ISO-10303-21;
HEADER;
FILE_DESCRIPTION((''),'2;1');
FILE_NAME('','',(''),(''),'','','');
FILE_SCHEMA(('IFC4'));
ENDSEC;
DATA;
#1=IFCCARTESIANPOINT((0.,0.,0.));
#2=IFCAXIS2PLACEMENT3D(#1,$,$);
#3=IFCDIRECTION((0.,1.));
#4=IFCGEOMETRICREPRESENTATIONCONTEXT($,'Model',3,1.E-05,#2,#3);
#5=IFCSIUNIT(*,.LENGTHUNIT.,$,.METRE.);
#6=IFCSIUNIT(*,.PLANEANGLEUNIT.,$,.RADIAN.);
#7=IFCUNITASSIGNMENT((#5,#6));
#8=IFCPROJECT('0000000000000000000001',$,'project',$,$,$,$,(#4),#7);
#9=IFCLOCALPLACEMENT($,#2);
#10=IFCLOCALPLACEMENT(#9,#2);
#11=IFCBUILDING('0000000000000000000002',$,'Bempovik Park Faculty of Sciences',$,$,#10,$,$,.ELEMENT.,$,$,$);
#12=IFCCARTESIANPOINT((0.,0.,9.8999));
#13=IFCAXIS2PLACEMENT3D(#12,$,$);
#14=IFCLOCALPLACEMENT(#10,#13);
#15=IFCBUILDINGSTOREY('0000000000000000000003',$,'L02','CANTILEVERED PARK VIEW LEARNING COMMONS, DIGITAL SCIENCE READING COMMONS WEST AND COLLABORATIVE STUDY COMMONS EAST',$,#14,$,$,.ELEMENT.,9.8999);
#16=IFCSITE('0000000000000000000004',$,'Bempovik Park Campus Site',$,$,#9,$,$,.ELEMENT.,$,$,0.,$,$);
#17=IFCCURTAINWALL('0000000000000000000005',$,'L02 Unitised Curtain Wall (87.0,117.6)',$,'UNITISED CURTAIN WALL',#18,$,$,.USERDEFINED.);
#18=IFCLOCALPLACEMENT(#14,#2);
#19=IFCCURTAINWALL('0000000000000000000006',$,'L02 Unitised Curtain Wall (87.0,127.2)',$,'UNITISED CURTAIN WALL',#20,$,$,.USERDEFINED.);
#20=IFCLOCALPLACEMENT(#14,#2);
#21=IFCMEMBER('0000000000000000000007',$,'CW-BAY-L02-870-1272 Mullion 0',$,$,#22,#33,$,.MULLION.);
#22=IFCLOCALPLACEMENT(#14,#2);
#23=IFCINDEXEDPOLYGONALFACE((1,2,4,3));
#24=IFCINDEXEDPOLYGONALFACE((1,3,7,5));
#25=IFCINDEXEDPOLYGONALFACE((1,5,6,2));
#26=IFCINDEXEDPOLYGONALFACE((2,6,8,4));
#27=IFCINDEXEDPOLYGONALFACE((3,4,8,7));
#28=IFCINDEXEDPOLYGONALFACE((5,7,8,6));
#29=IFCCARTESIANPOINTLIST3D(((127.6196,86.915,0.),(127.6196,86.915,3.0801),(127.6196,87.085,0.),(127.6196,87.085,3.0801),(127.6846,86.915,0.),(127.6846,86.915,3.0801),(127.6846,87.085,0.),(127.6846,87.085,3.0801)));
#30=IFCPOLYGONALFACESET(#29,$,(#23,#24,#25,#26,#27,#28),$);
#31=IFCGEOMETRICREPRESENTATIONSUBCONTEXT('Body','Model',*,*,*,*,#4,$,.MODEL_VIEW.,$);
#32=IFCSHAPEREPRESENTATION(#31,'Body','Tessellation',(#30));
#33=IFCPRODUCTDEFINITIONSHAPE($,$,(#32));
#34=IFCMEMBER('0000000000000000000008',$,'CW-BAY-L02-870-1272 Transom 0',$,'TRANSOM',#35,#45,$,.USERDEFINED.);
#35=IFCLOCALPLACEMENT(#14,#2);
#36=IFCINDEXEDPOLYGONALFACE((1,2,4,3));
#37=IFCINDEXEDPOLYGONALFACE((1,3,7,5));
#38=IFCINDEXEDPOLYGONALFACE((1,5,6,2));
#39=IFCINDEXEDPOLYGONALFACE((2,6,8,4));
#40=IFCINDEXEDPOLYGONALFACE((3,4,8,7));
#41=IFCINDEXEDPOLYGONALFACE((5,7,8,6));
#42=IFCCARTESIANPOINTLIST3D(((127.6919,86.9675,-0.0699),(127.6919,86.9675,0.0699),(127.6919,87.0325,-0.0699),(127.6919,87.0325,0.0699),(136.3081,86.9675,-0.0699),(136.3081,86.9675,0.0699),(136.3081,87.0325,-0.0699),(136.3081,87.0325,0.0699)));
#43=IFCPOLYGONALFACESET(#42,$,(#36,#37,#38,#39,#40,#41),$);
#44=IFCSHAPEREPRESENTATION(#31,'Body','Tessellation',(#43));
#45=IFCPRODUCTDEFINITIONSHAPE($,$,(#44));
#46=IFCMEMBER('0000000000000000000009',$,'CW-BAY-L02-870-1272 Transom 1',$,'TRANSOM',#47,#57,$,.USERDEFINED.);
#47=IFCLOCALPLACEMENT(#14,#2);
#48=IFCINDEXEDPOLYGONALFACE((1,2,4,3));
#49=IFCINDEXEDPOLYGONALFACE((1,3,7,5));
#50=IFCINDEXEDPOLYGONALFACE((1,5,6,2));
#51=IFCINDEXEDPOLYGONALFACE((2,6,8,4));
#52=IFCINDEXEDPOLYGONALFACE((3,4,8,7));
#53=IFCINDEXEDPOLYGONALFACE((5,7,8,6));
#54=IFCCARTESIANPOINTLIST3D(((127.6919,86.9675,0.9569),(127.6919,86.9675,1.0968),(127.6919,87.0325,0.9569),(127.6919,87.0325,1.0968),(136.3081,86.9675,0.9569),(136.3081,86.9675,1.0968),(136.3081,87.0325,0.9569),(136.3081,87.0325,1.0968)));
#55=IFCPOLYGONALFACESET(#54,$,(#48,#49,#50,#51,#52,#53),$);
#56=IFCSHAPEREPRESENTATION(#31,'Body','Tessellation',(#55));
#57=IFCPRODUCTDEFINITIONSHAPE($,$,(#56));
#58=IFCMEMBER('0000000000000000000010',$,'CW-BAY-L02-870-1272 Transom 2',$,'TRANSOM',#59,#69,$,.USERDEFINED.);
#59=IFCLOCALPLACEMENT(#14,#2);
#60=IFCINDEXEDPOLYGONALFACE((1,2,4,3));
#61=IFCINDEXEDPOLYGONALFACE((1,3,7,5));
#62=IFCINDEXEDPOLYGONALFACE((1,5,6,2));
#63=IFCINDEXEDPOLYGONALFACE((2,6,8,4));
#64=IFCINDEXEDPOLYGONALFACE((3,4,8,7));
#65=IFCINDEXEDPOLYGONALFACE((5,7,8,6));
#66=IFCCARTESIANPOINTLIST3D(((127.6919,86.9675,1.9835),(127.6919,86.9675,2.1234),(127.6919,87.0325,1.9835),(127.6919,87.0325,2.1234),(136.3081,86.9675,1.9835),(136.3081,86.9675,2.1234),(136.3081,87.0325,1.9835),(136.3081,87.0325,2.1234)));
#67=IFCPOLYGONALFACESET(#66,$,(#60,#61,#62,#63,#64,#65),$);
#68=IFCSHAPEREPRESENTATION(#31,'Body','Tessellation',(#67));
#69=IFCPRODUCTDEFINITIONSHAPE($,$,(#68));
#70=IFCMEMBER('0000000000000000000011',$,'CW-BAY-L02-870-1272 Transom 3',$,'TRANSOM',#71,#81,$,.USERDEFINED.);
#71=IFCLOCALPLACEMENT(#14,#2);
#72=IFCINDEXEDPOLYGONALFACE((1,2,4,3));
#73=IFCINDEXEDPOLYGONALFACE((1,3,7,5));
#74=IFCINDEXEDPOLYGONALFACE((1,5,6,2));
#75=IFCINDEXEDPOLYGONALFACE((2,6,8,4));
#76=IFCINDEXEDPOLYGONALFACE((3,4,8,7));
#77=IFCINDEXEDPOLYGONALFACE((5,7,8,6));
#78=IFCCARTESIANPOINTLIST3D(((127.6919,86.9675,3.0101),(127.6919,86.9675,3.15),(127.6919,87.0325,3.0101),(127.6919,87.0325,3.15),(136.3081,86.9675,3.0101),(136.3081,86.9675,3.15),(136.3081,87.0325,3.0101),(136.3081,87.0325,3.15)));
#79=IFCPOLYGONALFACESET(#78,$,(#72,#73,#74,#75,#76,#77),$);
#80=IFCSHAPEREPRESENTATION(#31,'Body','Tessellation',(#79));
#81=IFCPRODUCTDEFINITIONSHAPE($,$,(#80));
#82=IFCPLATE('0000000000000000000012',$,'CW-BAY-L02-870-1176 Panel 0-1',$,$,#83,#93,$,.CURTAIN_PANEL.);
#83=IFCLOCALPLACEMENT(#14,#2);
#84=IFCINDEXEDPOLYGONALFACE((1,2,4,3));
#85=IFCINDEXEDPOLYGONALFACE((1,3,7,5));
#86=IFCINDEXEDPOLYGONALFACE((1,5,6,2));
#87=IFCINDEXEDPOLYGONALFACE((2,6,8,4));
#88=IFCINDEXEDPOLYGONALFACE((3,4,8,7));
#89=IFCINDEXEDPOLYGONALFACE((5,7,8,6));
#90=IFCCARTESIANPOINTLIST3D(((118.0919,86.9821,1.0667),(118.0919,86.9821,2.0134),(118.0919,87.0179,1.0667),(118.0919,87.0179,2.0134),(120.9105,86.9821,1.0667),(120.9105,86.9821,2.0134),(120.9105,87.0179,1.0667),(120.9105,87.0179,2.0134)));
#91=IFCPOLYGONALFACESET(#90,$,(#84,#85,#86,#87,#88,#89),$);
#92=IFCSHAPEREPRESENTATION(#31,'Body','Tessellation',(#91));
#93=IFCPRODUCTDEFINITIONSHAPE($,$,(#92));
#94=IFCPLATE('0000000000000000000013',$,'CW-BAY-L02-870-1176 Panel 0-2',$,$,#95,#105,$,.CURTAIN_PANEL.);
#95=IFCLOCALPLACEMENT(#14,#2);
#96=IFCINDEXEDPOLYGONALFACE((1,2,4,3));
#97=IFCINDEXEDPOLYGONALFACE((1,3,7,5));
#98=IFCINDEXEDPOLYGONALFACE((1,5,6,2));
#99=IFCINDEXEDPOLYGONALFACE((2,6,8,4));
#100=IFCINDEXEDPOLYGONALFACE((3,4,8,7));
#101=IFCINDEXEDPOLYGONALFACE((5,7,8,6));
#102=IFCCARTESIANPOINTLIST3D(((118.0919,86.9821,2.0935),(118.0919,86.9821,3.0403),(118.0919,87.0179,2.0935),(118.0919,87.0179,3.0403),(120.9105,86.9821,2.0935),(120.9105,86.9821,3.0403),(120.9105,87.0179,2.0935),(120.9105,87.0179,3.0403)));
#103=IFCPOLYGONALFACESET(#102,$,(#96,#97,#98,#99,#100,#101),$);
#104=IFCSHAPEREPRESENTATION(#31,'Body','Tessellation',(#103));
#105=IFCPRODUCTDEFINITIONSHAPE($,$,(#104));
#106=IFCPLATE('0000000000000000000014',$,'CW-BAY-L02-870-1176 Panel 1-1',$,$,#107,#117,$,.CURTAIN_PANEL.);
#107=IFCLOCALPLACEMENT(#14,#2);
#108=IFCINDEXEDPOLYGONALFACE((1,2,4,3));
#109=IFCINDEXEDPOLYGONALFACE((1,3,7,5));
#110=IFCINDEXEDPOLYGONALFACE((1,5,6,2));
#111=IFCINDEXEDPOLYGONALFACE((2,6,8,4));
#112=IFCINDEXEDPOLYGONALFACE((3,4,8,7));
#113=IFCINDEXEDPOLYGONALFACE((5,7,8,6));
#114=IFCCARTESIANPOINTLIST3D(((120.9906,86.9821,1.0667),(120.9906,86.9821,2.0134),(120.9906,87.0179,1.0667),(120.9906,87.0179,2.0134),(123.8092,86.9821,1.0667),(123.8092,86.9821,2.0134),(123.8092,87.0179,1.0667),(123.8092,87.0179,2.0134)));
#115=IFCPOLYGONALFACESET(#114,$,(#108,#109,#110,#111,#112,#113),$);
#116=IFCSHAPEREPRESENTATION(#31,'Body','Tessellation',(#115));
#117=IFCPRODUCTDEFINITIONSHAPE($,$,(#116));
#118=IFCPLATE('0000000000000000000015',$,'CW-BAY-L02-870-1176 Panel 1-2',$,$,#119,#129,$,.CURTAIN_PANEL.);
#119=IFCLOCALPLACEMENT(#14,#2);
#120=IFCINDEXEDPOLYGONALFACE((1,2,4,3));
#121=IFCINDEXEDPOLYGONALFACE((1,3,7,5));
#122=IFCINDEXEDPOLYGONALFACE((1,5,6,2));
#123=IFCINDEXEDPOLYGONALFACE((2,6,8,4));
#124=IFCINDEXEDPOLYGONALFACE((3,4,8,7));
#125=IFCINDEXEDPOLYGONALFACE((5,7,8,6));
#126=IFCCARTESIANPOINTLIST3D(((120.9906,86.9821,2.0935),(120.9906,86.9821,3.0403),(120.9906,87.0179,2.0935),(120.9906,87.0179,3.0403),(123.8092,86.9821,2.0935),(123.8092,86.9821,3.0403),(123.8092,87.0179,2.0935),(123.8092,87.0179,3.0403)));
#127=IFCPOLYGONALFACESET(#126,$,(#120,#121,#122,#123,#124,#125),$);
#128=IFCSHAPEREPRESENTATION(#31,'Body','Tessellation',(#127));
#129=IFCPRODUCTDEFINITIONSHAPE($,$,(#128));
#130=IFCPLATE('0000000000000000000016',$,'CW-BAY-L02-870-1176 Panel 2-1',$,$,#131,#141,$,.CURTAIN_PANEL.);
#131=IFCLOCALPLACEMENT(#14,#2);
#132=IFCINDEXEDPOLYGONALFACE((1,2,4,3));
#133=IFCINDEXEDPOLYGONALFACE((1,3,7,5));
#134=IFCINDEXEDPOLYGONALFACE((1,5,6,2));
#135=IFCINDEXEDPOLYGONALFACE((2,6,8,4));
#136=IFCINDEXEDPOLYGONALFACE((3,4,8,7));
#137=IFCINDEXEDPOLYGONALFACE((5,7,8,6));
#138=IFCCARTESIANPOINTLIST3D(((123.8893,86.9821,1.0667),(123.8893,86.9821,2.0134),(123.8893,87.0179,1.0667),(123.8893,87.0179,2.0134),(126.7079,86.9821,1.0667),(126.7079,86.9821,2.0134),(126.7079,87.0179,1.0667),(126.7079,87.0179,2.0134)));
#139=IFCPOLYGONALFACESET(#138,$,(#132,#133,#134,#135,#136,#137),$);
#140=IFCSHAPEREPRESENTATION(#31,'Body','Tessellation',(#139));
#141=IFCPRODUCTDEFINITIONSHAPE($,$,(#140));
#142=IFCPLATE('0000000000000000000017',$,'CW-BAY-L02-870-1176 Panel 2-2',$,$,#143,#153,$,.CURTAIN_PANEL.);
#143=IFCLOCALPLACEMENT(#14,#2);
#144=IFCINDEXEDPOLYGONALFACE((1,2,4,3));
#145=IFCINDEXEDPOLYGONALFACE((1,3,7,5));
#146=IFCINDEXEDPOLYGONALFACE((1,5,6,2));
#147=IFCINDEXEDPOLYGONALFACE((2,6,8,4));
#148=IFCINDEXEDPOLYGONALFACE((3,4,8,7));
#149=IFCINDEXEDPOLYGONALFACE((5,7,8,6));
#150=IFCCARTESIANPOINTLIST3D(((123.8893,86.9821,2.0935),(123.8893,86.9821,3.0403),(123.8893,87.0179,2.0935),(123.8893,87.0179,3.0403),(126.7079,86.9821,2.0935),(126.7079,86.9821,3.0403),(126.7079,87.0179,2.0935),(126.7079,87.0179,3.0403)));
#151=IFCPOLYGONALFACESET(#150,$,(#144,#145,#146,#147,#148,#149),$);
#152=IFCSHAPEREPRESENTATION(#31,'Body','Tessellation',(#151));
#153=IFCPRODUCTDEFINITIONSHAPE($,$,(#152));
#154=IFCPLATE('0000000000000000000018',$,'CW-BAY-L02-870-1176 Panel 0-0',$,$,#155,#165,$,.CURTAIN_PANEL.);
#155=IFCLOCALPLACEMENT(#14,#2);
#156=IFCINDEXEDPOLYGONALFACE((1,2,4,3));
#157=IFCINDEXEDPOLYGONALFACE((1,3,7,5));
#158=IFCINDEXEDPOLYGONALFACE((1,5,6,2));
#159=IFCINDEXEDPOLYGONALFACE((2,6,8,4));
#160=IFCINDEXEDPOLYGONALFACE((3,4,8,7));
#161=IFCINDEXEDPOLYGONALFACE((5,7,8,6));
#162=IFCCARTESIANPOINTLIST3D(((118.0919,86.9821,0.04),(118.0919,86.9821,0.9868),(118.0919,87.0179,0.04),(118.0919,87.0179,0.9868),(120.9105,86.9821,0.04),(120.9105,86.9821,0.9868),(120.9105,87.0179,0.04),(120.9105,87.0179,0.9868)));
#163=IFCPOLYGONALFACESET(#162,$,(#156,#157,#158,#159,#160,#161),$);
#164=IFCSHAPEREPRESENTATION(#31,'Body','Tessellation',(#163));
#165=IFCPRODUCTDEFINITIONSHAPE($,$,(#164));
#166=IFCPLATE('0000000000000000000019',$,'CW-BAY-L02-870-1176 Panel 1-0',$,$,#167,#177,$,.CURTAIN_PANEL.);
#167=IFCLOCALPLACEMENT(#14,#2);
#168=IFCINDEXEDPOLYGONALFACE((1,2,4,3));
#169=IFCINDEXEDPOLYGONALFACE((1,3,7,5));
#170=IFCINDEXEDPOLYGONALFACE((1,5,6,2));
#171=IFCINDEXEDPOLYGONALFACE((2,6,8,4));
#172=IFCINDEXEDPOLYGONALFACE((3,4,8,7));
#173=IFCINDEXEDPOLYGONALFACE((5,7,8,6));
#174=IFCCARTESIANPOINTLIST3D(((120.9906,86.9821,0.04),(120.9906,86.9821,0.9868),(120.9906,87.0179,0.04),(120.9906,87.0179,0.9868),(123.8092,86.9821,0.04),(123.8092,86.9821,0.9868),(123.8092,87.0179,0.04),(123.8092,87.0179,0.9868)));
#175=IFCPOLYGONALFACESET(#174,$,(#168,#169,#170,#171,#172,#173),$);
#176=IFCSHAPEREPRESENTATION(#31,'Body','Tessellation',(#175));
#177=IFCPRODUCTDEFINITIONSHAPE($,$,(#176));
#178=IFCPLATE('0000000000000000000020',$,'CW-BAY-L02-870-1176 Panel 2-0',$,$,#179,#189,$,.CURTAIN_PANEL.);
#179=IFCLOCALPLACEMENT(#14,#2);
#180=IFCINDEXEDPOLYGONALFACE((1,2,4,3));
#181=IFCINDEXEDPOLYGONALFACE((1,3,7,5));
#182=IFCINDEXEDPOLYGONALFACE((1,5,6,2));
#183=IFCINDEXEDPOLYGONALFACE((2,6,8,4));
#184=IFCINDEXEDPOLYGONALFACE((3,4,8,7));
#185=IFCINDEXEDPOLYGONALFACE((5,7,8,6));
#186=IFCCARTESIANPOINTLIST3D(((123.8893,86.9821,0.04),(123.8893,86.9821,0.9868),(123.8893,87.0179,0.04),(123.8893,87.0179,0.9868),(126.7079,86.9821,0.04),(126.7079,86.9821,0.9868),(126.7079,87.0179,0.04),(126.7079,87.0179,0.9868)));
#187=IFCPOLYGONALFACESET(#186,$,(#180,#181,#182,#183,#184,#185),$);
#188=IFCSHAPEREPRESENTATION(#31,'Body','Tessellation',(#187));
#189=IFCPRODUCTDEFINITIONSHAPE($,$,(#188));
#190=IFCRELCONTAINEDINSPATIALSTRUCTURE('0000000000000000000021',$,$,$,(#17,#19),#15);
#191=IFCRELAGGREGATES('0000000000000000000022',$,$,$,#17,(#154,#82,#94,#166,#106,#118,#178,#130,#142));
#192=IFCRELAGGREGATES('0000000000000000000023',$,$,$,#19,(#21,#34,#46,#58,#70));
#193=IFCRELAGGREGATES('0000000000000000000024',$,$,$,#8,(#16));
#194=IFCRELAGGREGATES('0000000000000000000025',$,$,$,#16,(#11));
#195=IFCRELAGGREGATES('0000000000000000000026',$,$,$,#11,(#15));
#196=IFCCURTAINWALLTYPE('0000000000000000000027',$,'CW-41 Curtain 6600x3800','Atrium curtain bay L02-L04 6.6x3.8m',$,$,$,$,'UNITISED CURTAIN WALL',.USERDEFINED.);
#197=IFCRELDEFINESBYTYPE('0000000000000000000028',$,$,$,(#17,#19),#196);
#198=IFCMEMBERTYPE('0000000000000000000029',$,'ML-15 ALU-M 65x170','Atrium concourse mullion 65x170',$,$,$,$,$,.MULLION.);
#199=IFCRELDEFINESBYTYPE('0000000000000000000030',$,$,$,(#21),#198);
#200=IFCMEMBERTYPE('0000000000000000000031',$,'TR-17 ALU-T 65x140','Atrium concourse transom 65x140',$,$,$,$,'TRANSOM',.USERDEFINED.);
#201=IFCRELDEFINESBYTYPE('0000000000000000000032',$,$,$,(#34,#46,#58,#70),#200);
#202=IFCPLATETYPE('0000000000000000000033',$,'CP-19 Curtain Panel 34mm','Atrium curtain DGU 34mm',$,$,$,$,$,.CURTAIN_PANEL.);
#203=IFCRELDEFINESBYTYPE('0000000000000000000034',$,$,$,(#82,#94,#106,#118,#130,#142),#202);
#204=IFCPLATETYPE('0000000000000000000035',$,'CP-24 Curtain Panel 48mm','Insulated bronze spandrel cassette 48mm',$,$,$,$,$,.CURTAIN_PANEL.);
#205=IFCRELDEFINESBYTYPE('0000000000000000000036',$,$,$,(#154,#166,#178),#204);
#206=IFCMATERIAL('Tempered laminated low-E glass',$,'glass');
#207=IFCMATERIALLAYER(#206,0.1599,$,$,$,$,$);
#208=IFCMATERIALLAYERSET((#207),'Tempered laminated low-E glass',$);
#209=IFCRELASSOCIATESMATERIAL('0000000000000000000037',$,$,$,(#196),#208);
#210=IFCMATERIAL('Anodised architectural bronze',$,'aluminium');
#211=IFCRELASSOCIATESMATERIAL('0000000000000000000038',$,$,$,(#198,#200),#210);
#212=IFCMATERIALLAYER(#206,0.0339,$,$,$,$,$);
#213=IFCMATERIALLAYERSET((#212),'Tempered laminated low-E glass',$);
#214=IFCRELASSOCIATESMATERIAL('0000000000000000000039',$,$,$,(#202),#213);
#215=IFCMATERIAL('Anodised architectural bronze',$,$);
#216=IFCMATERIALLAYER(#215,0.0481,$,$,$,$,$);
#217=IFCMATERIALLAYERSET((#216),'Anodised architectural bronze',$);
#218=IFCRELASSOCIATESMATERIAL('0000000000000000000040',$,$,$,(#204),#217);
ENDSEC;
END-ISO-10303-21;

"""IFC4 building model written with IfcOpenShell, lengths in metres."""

from ifc_helpers import new_model, si_unit, direction, frame, origin, origin_2d, place, context, subcontext, project, spatial, rectangle, extrude, material, layer, layer_set, material_profile, profile_set, type_object, element, aggregate, save


model = new_model("IFC4")

# Units and contexts
model_context = context("Model", 3, precision=1e-05, world=origin(), true_north=direction((0.0, 1.0)))
body_context = subcontext(model_context, "Body", "Model", "MODEL_VIEW")
ifc_project = project(units=[si_unit("LENGTHUNIT", "METRE"), si_unit("PLANEANGLEUNIT", "RADIAN")], contexts=[model_context])

# Site, building, storey
site_placement = place(None, origin())
site = spatial("IfcSite", under=ifc_project, at=site_placement, Name="Bempovik Park Campus Site", CompositionType="ELEMENT", RefElevation=0.0)
building_placement = place(site_placement, origin())
building = spatial("IfcBuilding", under=site, at=building_placement, Name="Bempovik Park Faculty of Sciences", CompositionType="ELEMENT")
storey_placement = place(building_placement, frame((0.0, 0.0, 9.8999)))
storey = spatial("IfcBuildingStorey", under=building, at=storey_placement, Name="L02", Description="CANTILEVERED PARK VIEW LEARNING COMMONS, DIGITAL SCIENCE READING COMMONS WEST AND COLLABORATIVE STUDY COMMONS EAST", CompositionType="ELEMENT", Elevation=9.8999)

# Curtain walls, members
ifc_material_1 = material(Name="Tempered laminated low-E glass", Category="glass")
ifc_layer_1 = layer(ifc_material_1, 0.1599)
ifc_layer_set_1 = layer_set([ifc_layer_1], Name="Tempered laminated low-E glass")
curtain_wall_type = type_object("IfcCurtainWallType", Name="CW-41 Curtain 6600x3800", Description="Atrium curtain bay L02-L04 6.6x3.8m", ElementType="UNITISED CURTAIN WALL", PredefinedType="USERDEFINED", material=ifc_layer_set_1)
curtain_wall_1_placement = place(storey_placement, origin())
curtain_wall_1 = element("IfcCurtainWall", 1, at=curtain_wall_1_placement, inside=storey, type_object=curtain_wall_type, Name="L02 Unitised Curtain Wall (87.0,117.6)", ObjectType="UNITISED CURTAIN WALL", PredefinedType="USERDEFINED")
ifc_material_2 = material(Name="Anodised architectural bronze", Category="aluminium")
ifc_material_profile_1 = material_profile(ifc_material_2, rectangle(XDim=0.0649, YDim=0.1699, at=origin_2d()), Name="ALU-M 65x170")
ifc_profile_set_1 = profile_set([ifc_material_profile_1], Name="Anodised architectural bronze")
member_type_1 = type_object("IfcMemberType", Name="ML-15 ALU-M 65x170", Description="Atrium concourse mullion 65x170", PredefinedType="MULLION", material=ifc_profile_set_1)
curtain_wall_2_placement = place(storey_placement, origin())
curtain_wall_2 = element("IfcCurtainWall", 2, at=curtain_wall_2_placement, inside=storey, type_object=curtain_wall_type, Name="L02 Unitised Curtain Wall (87.0,127.2)", ObjectType="UNITISED CURTAIN WALL", PredefinedType="USERDEFINED")
member_1_placement = place(storey_placement, frame((127.6521, 87.0, 0.0), z_axis=(0.0, 0.0, 1.0), x_axis=(1.0, 0.0, 0.0)))
member_1 = element("IfcMember", 3, at=member_1_placement, type_object=member_type_1, Name="CW-BAY-L02-870-1272 Mullion 0", PredefinedType="MULLION", context=body_context, shape_type="SweptSolid", body=[
    extrude(rectangle(XDim=0.0649, YDim=0.1699, at=origin_2d()), origin(), (0.0, 0.0, 1.0), 3.0801),
])
ifc_material_profile_2 = material_profile(ifc_material_2, rectangle(XDim=0.0649, YDim=0.1399, at=origin_2d()), Name="ALU-T 65x140")
ifc_profile_set_2 = profile_set([ifc_material_profile_2], Name="Anodised architectural bronze")
member_type_2 = type_object("IfcMemberType", Name="TR-17 ALU-T 65x140", Description="Atrium concourse transom 65x140", ElementType="TRANSOM", PredefinedType="USERDEFINED", material=ifc_profile_set_2)
member_2_placement = place(storey_placement, frame((127.6919, 87.0, 0.0), z_axis=(1.0, 0.0, 0.0), x_axis=(0.0, 1.0, 0.0)))
member_2 = element("IfcMember", 4, at=member_2_placement, type_object=member_type_2, Name="CW-BAY-L02-870-1272 Transom 0", ObjectType="TRANSOM", PredefinedType="USERDEFINED", context=body_context, shape_type="SweptSolid", body=[
    extrude(rectangle(XDim=0.0649, YDim=0.1399, at=origin_2d()), origin(), (0.0, 0.0, 1.0), 8.6162),
])
member_3_placement = place(storey_placement, frame((127.6919, 87.0, 1.0269), z_axis=(1.0, 0.0, 0.0), x_axis=(0.0, 1.0, 0.0)))
member_3 = element("IfcMember", 5, at=member_3_placement, type_object=member_type_2, Name="CW-BAY-L02-870-1272 Transom 1", ObjectType="TRANSOM", PredefinedType="USERDEFINED", context=body_context, shape_type="SweptSolid", body=[
    extrude(rectangle(XDim=0.0649, YDim=0.1399, at=origin_2d()), origin(), (0.0, 0.0, 1.0), 8.6162),
])
member_4_placement = place(storey_placement, frame((127.6919, 87.0, 2.0535), z_axis=(1.0, 0.0, 0.0), x_axis=(0.0, 1.0, 0.0)))
member_4 = element("IfcMember", 6, at=member_4_placement, type_object=member_type_2, Name="CW-BAY-L02-870-1272 Transom 2", ObjectType="TRANSOM", PredefinedType="USERDEFINED", context=body_context, shape_type="SweptSolid", body=[
    extrude(rectangle(XDim=0.0649, YDim=0.1399, at=origin_2d()), origin(), (0.0, 0.0, 1.0), 8.6162),
])
member_5_placement = place(storey_placement, frame((127.6919, 87.0, 3.0801), z_axis=(1.0, 0.0, 0.0), x_axis=(0.0, 1.0, 0.0)))
member_5 = element("IfcMember", 7, at=member_5_placement, type_object=member_type_2, Name="CW-BAY-L02-870-1272 Transom 3", ObjectType="TRANSOM", PredefinedType="USERDEFINED", context=body_context, shape_type="SweptSolid", body=[
    extrude(rectangle(XDim=0.0649, YDim=0.1399, at=origin_2d()), origin(), (0.0, 0.0, 1.0), 8.6162),
])

# Plates
ifc_layer_2 = layer(ifc_material_1, 0.0339)
ifc_layer_set_2 = layer_set([ifc_layer_2], Name="Tempered laminated low-E glass")
plate_type_1 = type_object("IfcPlateType", Name="CP-19 Curtain Panel 34mm", Description="Atrium curtain DGU 34mm", PredefinedType="CURTAIN_PANEL", material=ifc_layer_set_2)
plate_1_placement = place(storey_placement, frame((119.5012, 87.0, 1.0667), z_axis=(0.0, 0.0, 1.0), x_axis=(1.0, 0.0, 0.0)))
plate_1 = element("IfcPlate", 8, at=plate_1_placement, type_object=plate_type_1, Name="CW-BAY-L02-870-1176 Panel 0-1", PredefinedType="CURTAIN_PANEL", context=body_context, shape_type="SweptSolid", body=[
    extrude(rectangle(XDim=2.8186, YDim=0.0359, at=origin_2d()), origin(), (0.0, 0.0, 1.0), 0.9468),
])
plate_2_placement = place(storey_placement, frame((119.5012, 87.0, 2.0935), z_axis=(0.0, 0.0, 1.0), x_axis=(1.0, 0.0, 0.0)))
plate_2 = element("IfcPlate", 9, at=plate_2_placement, type_object=plate_type_1, Name="CW-BAY-L02-870-1176 Panel 0-2", PredefinedType="CURTAIN_PANEL", context=body_context, shape_type="SweptSolid", body=[
    extrude(rectangle(XDim=2.8186, YDim=0.0359, at=origin_2d()), origin(), (0.0, 0.0, 1.0), 0.9468),
])
plate_3_placement = place(storey_placement, frame((122.3999, 87.0, 1.0667), z_axis=(0.0, 0.0, 1.0), x_axis=(1.0, 0.0, 0.0)))
plate_3 = element("IfcPlate", 10, at=plate_3_placement, type_object=plate_type_1, Name="CW-BAY-L02-870-1176 Panel 1-1", PredefinedType="CURTAIN_PANEL", context=body_context, shape_type="SweptSolid", body=[
    extrude(rectangle(XDim=2.8186, YDim=0.0359, at=origin_2d()), origin(), (0.0, 0.0, 1.0), 0.9468),
])
plate_4_placement = place(storey_placement, frame((122.3999, 87.0, 2.0935), z_axis=(0.0, 0.0, 1.0), x_axis=(1.0, 0.0, 0.0)))
plate_4 = element("IfcPlate", 11, at=plate_4_placement, type_object=plate_type_1, Name="CW-BAY-L02-870-1176 Panel 1-2", PredefinedType="CURTAIN_PANEL", context=body_context, shape_type="SweptSolid", body=[
    extrude(rectangle(XDim=2.8186, YDim=0.0359, at=origin_2d()), origin(), (0.0, 0.0, 1.0), 0.9468),
])
plate_5_placement = place(storey_placement, frame((125.2986, 87.0, 1.0667), z_axis=(0.0, 0.0, 1.0), x_axis=(1.0, 0.0, 0.0)))
plate_5 = element("IfcPlate", 12, at=plate_5_placement, type_object=plate_type_1, Name="CW-BAY-L02-870-1176 Panel 2-1", PredefinedType="CURTAIN_PANEL", context=body_context, shape_type="SweptSolid", body=[
    extrude(rectangle(XDim=2.8186, YDim=0.0359, at=origin_2d()), origin(), (0.0, 0.0, 1.0), 0.9468),
])
plate_6_placement = place(storey_placement, frame((125.2986, 87.0, 2.0935), z_axis=(0.0, 0.0, 1.0), x_axis=(1.0, 0.0, 0.0)))
plate_6 = element("IfcPlate", 13, at=plate_6_placement, type_object=plate_type_1, Name="CW-BAY-L02-870-1176 Panel 2-2", PredefinedType="CURTAIN_PANEL", context=body_context, shape_type="SweptSolid", body=[
    extrude(rectangle(XDim=2.8186, YDim=0.0359, at=origin_2d()), origin(), (0.0, 0.0, 1.0), 0.9468),
])
ifc_material_3 = material(Name="Anodised architectural bronze")
ifc_layer_3 = layer(ifc_material_3, 0.0481)
ifc_layer_set_3 = layer_set([ifc_layer_3], Name="Anodised architectural bronze")
plate_type_2 = type_object("IfcPlateType", Name="CP-24 Curtain Panel 48mm", Description="Insulated bronze spandrel cassette 48mm", PredefinedType="CURTAIN_PANEL", material=ifc_layer_set_3)
plate_7_placement = place(storey_placement, frame((119.5012, 87.0, 0.04), z_axis=(0.0, 0.0, 1.0), x_axis=(1.0, 0.0, 0.0)))
plate_7 = element("IfcPlate", 14, at=plate_7_placement, type_object=plate_type_2, Name="CW-BAY-L02-870-1176 Panel 0-0", PredefinedType="CURTAIN_PANEL", context=body_context, shape_type="SweptSolid", body=[
    extrude(rectangle(XDim=2.8186, YDim=0.0359, at=origin_2d()), origin(), (0.0, 0.0, 1.0), 0.9468),
])
plate_8_placement = place(storey_placement, frame((122.3999, 87.0, 0.04), z_axis=(0.0, 0.0, 1.0), x_axis=(1.0, 0.0, 0.0)))
plate_8 = element("IfcPlate", 15, at=plate_8_placement, type_object=plate_type_2, Name="CW-BAY-L02-870-1176 Panel 1-0", PredefinedType="CURTAIN_PANEL", context=body_context, shape_type="SweptSolid", body=[
    extrude(rectangle(XDim=2.8186, YDim=0.0359, at=origin_2d()), origin(), (0.0, 0.0, 1.0), 0.9468),
])
plate_9_placement = place(storey_placement, frame((125.2986, 87.0, 0.04), z_axis=(0.0, 0.0, 1.0), x_axis=(1.0, 0.0, 0.0)))
plate_9 = element("IfcPlate", 16, at=plate_9_placement, type_object=plate_type_2, Name="CW-BAY-L02-870-1176 Panel 2-0", PredefinedType="CURTAIN_PANEL", context=body_context, shape_type="SweptSolid", body=[
    extrude(rectangle(XDim=2.8186, YDim=0.0359, at=origin_2d()), origin(), (0.0, 0.0, 1.0), 0.9468),
])
aggregate(curtain_wall_1, [plate_7, plate_1, plate_2, plate_8, plate_3, plate_4, plate_9, plate_5, plate_6])
aggregate(curtain_wall_2, [member_1, member_2, member_3, member_4, member_5])

save(model, "model.ifc")
